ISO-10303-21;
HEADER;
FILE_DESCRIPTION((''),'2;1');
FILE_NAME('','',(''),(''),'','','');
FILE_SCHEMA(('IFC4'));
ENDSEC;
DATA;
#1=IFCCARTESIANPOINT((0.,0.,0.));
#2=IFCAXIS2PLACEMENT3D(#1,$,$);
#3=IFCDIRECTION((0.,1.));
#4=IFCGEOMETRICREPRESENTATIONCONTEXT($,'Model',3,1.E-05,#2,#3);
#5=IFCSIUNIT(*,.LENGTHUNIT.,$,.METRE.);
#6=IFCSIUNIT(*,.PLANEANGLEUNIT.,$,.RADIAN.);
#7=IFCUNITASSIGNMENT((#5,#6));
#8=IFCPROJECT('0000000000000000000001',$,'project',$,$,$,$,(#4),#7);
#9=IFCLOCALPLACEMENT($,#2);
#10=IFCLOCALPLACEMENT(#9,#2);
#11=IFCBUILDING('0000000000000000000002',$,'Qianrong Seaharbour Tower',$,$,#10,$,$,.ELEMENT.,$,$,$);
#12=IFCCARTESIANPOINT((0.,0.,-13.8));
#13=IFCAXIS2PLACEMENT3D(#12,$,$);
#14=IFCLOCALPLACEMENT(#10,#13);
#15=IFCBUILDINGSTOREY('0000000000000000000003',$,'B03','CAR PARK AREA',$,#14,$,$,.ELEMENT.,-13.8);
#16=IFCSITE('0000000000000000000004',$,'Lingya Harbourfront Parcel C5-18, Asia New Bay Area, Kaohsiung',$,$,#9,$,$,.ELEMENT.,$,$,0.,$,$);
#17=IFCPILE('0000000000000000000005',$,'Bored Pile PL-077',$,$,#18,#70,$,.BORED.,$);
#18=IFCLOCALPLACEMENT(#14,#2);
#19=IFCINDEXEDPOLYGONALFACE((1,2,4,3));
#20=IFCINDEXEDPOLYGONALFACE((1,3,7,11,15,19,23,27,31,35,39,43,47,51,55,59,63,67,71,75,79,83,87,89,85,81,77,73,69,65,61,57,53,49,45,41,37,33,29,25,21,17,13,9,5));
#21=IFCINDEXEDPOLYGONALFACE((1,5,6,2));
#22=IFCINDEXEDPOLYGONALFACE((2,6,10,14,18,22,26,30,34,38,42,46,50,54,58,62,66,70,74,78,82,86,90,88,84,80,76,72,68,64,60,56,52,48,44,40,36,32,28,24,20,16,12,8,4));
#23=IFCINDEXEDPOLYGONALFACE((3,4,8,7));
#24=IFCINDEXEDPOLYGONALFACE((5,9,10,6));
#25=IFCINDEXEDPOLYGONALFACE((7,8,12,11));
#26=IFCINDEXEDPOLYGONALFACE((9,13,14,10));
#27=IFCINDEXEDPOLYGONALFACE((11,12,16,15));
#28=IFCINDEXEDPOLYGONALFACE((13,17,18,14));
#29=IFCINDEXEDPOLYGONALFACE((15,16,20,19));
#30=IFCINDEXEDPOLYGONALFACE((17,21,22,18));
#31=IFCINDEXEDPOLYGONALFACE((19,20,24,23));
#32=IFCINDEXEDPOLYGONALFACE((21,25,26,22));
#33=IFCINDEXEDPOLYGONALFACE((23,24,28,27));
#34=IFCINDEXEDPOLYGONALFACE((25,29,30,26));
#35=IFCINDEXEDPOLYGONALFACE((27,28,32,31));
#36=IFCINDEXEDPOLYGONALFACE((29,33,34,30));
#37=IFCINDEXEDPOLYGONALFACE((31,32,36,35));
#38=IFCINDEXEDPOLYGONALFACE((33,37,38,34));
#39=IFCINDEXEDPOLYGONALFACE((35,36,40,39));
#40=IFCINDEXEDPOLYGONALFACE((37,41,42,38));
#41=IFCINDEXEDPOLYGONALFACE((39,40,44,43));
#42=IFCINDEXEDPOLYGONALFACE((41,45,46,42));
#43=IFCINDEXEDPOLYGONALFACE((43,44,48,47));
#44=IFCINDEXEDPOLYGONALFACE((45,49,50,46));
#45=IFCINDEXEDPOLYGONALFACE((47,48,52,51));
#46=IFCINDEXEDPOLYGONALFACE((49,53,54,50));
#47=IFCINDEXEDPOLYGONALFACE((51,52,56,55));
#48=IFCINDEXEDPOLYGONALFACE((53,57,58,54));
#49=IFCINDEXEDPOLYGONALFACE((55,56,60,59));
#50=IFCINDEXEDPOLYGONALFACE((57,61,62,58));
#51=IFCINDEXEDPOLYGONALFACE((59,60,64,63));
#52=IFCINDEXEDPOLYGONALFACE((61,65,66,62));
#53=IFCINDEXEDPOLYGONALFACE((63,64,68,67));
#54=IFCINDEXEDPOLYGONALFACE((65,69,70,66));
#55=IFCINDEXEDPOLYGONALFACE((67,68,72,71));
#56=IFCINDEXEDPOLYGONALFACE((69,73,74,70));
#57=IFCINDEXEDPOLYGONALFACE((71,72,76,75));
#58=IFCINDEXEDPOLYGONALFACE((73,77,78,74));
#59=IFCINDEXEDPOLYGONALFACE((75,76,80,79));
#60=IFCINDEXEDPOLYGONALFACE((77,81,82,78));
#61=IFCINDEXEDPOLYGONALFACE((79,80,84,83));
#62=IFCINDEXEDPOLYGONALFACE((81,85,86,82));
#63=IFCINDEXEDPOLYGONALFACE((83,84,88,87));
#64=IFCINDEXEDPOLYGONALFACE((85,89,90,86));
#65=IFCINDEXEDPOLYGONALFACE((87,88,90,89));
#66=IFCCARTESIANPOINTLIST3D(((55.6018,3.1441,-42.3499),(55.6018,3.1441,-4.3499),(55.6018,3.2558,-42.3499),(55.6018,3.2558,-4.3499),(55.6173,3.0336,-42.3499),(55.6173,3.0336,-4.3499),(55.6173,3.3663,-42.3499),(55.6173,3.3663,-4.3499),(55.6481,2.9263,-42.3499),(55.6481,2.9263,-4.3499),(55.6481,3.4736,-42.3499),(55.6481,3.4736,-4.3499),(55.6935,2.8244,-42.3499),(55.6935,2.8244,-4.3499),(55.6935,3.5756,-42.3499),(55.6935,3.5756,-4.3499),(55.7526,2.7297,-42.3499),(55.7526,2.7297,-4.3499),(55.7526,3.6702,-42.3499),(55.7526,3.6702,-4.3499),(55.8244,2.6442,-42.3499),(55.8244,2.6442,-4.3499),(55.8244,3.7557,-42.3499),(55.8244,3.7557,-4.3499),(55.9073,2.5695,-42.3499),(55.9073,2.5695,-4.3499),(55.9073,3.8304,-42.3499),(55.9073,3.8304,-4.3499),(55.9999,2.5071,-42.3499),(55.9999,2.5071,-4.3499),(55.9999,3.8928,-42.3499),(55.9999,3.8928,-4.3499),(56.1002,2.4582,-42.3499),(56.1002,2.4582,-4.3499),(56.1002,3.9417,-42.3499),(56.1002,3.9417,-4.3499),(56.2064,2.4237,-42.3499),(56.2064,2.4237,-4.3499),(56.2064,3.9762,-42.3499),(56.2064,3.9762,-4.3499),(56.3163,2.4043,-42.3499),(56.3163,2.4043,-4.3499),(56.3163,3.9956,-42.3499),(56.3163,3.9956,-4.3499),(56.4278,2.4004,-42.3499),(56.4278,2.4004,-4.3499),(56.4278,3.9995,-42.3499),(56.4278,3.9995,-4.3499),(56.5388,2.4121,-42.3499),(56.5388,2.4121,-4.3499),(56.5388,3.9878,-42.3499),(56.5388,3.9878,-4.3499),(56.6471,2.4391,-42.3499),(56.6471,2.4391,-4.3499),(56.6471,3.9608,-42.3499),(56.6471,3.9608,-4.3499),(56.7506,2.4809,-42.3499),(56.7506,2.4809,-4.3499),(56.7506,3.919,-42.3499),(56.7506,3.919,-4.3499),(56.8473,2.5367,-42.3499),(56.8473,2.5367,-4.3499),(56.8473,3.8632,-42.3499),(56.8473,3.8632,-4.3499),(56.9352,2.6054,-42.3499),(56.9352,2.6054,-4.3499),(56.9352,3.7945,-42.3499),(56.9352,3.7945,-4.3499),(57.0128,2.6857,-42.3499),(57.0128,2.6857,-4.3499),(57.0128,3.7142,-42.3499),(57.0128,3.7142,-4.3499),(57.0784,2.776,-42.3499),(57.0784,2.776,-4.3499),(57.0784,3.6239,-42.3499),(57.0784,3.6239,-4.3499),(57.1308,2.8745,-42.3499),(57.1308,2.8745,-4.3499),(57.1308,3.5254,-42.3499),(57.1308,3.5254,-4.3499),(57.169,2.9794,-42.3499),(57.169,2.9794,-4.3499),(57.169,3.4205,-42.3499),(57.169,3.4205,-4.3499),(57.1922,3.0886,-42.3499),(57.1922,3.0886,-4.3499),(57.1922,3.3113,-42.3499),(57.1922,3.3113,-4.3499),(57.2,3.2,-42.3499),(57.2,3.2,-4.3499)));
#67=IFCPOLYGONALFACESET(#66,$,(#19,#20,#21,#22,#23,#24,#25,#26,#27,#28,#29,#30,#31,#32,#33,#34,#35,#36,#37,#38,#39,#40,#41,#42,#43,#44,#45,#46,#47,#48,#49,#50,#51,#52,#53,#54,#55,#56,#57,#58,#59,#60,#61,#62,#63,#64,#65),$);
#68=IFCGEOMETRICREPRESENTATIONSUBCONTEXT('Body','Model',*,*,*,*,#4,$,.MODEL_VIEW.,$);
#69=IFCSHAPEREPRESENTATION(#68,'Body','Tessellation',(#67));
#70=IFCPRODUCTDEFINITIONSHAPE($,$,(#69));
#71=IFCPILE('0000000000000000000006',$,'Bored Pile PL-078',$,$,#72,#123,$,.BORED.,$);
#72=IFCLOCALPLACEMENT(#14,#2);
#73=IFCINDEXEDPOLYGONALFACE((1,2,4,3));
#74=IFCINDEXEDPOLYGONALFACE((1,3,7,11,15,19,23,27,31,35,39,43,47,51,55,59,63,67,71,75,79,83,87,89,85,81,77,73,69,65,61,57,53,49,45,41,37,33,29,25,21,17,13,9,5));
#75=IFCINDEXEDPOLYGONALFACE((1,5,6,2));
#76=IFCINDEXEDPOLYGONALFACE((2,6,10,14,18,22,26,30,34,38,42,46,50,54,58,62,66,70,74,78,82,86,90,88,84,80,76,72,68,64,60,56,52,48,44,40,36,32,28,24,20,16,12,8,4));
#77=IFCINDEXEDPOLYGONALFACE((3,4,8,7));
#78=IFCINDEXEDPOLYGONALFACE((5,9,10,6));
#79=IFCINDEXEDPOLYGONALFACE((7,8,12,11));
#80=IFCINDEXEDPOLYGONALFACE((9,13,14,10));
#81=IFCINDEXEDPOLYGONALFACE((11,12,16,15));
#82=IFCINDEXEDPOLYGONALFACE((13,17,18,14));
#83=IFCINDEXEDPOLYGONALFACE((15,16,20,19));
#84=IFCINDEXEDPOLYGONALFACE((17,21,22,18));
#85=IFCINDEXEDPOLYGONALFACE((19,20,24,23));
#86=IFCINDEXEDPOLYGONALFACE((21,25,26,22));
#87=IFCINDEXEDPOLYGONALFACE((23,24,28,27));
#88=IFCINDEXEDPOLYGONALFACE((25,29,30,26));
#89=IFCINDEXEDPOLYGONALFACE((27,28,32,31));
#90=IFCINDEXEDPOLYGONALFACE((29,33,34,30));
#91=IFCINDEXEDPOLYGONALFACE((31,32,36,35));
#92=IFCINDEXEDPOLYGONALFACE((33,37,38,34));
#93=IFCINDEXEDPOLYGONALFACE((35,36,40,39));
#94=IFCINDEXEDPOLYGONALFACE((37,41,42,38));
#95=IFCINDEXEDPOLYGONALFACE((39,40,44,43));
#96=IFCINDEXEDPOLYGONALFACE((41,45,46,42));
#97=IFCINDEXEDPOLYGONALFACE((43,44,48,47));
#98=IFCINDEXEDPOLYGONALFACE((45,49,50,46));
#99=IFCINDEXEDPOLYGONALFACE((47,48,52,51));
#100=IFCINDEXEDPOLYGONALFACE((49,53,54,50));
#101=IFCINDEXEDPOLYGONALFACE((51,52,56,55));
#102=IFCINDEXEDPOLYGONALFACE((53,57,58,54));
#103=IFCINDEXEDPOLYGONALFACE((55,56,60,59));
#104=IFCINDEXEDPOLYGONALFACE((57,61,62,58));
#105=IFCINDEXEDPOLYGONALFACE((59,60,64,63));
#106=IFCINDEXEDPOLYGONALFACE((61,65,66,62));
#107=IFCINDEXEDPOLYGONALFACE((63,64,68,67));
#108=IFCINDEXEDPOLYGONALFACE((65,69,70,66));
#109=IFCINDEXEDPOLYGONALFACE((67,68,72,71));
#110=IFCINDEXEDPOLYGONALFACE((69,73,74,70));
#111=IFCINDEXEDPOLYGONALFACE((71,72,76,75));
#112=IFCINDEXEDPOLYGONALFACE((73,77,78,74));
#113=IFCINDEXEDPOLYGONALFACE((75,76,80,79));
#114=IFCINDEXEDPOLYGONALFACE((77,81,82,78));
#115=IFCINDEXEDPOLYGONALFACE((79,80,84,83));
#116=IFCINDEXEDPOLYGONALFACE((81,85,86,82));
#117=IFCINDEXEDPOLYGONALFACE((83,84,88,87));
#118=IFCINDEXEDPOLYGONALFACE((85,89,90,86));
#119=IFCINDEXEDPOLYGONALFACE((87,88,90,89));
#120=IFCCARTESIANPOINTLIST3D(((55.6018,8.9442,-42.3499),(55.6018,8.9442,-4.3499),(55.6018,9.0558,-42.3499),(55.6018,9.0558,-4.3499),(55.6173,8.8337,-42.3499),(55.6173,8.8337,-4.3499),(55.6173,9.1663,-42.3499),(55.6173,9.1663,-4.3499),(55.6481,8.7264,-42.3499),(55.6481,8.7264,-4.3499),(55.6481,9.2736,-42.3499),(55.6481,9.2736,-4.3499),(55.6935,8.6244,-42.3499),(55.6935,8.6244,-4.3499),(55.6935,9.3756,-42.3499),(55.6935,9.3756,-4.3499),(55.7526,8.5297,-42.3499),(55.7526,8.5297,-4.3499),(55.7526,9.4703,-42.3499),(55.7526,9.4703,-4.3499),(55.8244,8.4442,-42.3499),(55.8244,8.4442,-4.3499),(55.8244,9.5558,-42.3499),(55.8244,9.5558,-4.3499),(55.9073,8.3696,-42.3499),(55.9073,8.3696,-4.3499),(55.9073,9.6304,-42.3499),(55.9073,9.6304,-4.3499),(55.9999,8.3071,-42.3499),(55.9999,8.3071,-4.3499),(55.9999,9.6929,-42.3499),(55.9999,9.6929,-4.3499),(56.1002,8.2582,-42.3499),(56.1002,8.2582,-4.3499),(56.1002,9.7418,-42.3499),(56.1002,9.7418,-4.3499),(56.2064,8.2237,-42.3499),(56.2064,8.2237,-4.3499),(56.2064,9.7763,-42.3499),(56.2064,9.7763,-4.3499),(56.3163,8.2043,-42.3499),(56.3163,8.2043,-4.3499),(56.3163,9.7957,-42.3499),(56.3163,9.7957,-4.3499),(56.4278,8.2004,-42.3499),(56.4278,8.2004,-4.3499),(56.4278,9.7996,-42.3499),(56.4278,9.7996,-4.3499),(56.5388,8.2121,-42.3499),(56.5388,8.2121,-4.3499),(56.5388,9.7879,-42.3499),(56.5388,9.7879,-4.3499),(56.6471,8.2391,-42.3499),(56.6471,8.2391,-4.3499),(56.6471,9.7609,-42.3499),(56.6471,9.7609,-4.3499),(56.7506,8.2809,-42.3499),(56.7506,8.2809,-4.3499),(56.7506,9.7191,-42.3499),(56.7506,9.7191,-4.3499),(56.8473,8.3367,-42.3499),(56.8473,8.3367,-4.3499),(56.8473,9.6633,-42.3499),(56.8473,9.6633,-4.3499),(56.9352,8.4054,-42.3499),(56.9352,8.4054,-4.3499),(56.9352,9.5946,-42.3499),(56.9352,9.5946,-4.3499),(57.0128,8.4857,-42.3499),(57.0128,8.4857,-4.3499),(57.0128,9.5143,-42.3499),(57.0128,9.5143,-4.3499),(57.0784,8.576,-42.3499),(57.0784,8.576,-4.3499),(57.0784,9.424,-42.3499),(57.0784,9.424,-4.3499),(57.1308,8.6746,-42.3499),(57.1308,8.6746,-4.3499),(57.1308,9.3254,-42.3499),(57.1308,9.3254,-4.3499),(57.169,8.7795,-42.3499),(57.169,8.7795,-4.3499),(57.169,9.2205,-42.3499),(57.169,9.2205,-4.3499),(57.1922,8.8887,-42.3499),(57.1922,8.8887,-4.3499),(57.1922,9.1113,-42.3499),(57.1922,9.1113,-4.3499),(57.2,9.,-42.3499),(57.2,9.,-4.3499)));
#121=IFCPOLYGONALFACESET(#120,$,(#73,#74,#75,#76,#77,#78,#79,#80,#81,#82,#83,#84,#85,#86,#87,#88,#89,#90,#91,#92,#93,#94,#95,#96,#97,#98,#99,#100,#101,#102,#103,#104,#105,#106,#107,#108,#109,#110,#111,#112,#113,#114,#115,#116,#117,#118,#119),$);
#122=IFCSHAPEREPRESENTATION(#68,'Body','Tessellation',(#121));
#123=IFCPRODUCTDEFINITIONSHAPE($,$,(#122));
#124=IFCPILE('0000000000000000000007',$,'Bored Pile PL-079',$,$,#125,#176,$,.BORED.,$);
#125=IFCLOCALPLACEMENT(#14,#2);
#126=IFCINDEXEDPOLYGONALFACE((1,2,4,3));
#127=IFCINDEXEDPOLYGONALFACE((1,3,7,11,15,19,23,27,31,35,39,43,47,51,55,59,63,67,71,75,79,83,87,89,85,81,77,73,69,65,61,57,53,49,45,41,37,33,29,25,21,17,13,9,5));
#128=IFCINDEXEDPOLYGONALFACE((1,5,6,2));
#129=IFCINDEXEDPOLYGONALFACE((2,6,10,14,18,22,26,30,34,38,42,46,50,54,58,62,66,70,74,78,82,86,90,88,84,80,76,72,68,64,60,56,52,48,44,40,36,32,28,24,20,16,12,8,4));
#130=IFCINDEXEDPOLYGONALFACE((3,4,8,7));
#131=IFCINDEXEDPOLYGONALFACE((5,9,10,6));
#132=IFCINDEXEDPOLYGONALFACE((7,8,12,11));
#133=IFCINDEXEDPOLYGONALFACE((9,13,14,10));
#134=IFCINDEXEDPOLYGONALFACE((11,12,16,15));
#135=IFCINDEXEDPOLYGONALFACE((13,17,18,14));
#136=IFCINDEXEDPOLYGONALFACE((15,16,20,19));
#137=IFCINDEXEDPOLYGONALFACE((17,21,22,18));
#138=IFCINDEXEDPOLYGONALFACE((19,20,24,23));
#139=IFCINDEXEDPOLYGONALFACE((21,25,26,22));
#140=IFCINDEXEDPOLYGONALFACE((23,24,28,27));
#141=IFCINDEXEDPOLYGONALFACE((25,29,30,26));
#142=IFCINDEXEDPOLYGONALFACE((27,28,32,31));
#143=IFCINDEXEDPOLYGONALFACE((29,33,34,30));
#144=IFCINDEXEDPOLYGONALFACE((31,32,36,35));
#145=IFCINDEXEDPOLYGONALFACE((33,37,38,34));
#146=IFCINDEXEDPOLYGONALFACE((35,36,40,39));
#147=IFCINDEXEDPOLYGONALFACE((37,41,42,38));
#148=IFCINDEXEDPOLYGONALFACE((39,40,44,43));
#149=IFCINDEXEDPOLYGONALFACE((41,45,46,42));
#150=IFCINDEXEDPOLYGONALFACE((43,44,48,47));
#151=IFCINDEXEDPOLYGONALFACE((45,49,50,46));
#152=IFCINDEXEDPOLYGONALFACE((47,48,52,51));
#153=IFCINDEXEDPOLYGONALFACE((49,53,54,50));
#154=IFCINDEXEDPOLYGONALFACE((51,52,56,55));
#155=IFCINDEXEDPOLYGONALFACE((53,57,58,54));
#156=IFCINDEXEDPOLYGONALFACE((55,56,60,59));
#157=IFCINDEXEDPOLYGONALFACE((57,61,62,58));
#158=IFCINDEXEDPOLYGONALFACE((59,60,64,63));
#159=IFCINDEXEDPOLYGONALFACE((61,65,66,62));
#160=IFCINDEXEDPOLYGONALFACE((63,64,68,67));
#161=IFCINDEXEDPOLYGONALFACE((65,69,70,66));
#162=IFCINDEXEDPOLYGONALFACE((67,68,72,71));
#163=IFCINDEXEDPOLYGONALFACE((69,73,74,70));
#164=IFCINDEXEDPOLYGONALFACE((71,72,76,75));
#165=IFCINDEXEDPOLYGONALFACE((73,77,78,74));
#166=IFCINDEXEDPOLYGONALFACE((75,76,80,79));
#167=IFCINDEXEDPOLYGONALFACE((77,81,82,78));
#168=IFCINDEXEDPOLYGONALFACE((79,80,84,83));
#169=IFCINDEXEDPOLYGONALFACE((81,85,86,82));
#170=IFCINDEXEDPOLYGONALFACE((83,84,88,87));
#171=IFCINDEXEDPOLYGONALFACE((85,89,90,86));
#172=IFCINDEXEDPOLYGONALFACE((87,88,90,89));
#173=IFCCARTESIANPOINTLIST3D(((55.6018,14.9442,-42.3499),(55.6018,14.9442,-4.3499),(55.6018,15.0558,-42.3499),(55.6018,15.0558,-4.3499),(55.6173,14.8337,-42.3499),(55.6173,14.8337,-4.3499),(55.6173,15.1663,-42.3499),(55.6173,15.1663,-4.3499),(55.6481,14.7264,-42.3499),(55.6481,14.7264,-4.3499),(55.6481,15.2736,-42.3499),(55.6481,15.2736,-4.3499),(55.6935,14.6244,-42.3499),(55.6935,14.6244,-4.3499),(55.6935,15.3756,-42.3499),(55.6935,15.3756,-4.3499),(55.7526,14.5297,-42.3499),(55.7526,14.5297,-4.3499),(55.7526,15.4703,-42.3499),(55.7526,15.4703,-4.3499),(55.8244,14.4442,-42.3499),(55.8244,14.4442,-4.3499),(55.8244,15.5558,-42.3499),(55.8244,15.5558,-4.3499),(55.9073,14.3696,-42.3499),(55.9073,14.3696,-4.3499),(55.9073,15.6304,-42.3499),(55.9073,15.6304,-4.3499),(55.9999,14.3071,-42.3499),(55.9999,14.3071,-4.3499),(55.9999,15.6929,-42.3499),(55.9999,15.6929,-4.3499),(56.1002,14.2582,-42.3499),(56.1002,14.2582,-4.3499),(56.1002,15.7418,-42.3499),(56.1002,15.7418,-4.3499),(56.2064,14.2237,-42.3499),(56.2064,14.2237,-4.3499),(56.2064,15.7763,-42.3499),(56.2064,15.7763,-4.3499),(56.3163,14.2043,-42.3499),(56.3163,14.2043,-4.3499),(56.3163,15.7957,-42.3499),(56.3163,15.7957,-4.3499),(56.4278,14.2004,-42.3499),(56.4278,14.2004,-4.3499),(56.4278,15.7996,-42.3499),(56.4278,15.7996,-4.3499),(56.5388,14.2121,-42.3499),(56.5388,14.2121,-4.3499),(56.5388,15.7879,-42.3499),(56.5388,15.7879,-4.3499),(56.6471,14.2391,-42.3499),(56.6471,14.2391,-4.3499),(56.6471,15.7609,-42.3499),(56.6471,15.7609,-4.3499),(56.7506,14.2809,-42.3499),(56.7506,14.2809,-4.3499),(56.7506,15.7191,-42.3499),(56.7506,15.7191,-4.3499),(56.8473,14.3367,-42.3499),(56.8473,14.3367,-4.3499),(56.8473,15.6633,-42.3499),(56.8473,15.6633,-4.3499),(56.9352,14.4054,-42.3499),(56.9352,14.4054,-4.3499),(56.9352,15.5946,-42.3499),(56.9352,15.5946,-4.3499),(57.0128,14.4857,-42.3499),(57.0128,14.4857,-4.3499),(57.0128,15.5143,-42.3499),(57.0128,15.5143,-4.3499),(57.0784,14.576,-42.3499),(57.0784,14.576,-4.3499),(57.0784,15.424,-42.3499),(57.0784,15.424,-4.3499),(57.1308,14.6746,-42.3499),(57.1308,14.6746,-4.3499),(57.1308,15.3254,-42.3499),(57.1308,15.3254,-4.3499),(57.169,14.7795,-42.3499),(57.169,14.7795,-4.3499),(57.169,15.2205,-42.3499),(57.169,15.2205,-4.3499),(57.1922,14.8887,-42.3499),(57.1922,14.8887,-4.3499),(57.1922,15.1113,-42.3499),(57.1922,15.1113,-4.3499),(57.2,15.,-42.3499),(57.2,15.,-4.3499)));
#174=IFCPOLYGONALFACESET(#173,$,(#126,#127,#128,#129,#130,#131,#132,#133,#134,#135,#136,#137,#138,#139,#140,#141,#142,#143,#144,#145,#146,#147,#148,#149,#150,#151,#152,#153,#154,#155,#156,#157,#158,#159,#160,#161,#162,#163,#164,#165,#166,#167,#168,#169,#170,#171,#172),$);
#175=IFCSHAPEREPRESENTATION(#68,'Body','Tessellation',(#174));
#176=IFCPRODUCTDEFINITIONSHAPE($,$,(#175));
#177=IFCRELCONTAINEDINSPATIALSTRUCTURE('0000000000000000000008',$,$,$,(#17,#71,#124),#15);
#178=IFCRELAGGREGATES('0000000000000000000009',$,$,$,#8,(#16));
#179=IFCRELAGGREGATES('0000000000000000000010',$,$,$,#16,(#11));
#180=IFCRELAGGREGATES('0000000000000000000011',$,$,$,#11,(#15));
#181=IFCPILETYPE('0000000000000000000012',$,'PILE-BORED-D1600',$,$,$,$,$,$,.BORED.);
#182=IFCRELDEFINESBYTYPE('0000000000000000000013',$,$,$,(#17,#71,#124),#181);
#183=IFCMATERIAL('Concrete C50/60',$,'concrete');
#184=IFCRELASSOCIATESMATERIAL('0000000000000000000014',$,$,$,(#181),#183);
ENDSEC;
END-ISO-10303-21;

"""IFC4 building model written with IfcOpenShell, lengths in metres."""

from ifc_helpers import new_model, si_unit, direction, frame, origin, origin_2d, place, context, subcontext, project, spatial, circle, extrude, material, material_profile, profile_set, type_object, element, save


model = new_model("IFC4")

# Units and contexts
model_context = context("Model", 3, precision=1e-05, world=origin(), true_north=direction((0.0, 1.0)))
body_context = subcontext(model_context, "Body", "Model", "MODEL_VIEW")
ifc_project = project(units=[si_unit("LENGTHUNIT", "METRE"), si_unit("PLANEANGLEUNIT", "RADIAN")], contexts=[model_context])

# Site, building, storey
site_placement = place(None, origin())
site = spatial("IfcSite", under=ifc_project, at=site_placement, Name="Lingya Harbourfront Parcel C5-18, Asia New Bay Area, Kaohsiung", CompositionType="ELEMENT", RefElevation=0.0)
building_placement = place(site_placement, origin())
building = spatial("IfcBuilding", under=site, at=building_placement, Name="Qianrong Seaharbour Tower", CompositionType="ELEMENT")
storey_placement = place(building_placement, frame((0.0, 0.0, -13.8)))
storey = spatial("IfcBuildingStorey", under=building, at=storey_placement, Name="B03", Description="CAR PARK AREA", CompositionType="ELEMENT", Elevation=-13.8)

# Piles
ifc_material_1 = material(Name="Concrete C50/60", Category="concrete")
ifc_material_profile_1 = material_profile(ifc_material_1, circle(Radius=0.8, at=origin_2d()), Name="PILE-D1600")
ifc_profile_set_1 = profile_set([ifc_material_profile_1], Name="Concrete C50/60")
pile_type = type_object("IfcPileType", Name="PILE-BORED-D1600", PredefinedType="BORED", material=ifc_profile_set_1)
for number, where, z_axis, x_axis, name in (
    (1, (56.3999, 3.2, -4.3499), (0.0, 0.0, -1.0), (1.0, 0.0, 0.0), "Bored Pile PL-077"),
    (2, (56.3999, 9.0, -4.3499), (0.0, 0.0, -1.0), (1.0, 0.0, 0.0), "Bored Pile PL-078"),
    (3, (56.3999, 15.0, -4.3499), (0.0, 0.0, -1.0), (1.0, 0.0, 0.0), "Bored Pile PL-079"),
):
    element("IfcPile", number, at=place(storey_placement, frame(where, z_axis=z_axis, x_axis=x_axis)), inside=storey, type_object=pile_type, Name=name, PredefinedType="BORED", context=body_context, shape_type="SweptSolid", body=[
        extrude(circle(Radius=0.8, at=origin_2d()), origin(), (0.0, 0.0, 1.0), 38.0),
    ])

save(model, "model.ifc")
